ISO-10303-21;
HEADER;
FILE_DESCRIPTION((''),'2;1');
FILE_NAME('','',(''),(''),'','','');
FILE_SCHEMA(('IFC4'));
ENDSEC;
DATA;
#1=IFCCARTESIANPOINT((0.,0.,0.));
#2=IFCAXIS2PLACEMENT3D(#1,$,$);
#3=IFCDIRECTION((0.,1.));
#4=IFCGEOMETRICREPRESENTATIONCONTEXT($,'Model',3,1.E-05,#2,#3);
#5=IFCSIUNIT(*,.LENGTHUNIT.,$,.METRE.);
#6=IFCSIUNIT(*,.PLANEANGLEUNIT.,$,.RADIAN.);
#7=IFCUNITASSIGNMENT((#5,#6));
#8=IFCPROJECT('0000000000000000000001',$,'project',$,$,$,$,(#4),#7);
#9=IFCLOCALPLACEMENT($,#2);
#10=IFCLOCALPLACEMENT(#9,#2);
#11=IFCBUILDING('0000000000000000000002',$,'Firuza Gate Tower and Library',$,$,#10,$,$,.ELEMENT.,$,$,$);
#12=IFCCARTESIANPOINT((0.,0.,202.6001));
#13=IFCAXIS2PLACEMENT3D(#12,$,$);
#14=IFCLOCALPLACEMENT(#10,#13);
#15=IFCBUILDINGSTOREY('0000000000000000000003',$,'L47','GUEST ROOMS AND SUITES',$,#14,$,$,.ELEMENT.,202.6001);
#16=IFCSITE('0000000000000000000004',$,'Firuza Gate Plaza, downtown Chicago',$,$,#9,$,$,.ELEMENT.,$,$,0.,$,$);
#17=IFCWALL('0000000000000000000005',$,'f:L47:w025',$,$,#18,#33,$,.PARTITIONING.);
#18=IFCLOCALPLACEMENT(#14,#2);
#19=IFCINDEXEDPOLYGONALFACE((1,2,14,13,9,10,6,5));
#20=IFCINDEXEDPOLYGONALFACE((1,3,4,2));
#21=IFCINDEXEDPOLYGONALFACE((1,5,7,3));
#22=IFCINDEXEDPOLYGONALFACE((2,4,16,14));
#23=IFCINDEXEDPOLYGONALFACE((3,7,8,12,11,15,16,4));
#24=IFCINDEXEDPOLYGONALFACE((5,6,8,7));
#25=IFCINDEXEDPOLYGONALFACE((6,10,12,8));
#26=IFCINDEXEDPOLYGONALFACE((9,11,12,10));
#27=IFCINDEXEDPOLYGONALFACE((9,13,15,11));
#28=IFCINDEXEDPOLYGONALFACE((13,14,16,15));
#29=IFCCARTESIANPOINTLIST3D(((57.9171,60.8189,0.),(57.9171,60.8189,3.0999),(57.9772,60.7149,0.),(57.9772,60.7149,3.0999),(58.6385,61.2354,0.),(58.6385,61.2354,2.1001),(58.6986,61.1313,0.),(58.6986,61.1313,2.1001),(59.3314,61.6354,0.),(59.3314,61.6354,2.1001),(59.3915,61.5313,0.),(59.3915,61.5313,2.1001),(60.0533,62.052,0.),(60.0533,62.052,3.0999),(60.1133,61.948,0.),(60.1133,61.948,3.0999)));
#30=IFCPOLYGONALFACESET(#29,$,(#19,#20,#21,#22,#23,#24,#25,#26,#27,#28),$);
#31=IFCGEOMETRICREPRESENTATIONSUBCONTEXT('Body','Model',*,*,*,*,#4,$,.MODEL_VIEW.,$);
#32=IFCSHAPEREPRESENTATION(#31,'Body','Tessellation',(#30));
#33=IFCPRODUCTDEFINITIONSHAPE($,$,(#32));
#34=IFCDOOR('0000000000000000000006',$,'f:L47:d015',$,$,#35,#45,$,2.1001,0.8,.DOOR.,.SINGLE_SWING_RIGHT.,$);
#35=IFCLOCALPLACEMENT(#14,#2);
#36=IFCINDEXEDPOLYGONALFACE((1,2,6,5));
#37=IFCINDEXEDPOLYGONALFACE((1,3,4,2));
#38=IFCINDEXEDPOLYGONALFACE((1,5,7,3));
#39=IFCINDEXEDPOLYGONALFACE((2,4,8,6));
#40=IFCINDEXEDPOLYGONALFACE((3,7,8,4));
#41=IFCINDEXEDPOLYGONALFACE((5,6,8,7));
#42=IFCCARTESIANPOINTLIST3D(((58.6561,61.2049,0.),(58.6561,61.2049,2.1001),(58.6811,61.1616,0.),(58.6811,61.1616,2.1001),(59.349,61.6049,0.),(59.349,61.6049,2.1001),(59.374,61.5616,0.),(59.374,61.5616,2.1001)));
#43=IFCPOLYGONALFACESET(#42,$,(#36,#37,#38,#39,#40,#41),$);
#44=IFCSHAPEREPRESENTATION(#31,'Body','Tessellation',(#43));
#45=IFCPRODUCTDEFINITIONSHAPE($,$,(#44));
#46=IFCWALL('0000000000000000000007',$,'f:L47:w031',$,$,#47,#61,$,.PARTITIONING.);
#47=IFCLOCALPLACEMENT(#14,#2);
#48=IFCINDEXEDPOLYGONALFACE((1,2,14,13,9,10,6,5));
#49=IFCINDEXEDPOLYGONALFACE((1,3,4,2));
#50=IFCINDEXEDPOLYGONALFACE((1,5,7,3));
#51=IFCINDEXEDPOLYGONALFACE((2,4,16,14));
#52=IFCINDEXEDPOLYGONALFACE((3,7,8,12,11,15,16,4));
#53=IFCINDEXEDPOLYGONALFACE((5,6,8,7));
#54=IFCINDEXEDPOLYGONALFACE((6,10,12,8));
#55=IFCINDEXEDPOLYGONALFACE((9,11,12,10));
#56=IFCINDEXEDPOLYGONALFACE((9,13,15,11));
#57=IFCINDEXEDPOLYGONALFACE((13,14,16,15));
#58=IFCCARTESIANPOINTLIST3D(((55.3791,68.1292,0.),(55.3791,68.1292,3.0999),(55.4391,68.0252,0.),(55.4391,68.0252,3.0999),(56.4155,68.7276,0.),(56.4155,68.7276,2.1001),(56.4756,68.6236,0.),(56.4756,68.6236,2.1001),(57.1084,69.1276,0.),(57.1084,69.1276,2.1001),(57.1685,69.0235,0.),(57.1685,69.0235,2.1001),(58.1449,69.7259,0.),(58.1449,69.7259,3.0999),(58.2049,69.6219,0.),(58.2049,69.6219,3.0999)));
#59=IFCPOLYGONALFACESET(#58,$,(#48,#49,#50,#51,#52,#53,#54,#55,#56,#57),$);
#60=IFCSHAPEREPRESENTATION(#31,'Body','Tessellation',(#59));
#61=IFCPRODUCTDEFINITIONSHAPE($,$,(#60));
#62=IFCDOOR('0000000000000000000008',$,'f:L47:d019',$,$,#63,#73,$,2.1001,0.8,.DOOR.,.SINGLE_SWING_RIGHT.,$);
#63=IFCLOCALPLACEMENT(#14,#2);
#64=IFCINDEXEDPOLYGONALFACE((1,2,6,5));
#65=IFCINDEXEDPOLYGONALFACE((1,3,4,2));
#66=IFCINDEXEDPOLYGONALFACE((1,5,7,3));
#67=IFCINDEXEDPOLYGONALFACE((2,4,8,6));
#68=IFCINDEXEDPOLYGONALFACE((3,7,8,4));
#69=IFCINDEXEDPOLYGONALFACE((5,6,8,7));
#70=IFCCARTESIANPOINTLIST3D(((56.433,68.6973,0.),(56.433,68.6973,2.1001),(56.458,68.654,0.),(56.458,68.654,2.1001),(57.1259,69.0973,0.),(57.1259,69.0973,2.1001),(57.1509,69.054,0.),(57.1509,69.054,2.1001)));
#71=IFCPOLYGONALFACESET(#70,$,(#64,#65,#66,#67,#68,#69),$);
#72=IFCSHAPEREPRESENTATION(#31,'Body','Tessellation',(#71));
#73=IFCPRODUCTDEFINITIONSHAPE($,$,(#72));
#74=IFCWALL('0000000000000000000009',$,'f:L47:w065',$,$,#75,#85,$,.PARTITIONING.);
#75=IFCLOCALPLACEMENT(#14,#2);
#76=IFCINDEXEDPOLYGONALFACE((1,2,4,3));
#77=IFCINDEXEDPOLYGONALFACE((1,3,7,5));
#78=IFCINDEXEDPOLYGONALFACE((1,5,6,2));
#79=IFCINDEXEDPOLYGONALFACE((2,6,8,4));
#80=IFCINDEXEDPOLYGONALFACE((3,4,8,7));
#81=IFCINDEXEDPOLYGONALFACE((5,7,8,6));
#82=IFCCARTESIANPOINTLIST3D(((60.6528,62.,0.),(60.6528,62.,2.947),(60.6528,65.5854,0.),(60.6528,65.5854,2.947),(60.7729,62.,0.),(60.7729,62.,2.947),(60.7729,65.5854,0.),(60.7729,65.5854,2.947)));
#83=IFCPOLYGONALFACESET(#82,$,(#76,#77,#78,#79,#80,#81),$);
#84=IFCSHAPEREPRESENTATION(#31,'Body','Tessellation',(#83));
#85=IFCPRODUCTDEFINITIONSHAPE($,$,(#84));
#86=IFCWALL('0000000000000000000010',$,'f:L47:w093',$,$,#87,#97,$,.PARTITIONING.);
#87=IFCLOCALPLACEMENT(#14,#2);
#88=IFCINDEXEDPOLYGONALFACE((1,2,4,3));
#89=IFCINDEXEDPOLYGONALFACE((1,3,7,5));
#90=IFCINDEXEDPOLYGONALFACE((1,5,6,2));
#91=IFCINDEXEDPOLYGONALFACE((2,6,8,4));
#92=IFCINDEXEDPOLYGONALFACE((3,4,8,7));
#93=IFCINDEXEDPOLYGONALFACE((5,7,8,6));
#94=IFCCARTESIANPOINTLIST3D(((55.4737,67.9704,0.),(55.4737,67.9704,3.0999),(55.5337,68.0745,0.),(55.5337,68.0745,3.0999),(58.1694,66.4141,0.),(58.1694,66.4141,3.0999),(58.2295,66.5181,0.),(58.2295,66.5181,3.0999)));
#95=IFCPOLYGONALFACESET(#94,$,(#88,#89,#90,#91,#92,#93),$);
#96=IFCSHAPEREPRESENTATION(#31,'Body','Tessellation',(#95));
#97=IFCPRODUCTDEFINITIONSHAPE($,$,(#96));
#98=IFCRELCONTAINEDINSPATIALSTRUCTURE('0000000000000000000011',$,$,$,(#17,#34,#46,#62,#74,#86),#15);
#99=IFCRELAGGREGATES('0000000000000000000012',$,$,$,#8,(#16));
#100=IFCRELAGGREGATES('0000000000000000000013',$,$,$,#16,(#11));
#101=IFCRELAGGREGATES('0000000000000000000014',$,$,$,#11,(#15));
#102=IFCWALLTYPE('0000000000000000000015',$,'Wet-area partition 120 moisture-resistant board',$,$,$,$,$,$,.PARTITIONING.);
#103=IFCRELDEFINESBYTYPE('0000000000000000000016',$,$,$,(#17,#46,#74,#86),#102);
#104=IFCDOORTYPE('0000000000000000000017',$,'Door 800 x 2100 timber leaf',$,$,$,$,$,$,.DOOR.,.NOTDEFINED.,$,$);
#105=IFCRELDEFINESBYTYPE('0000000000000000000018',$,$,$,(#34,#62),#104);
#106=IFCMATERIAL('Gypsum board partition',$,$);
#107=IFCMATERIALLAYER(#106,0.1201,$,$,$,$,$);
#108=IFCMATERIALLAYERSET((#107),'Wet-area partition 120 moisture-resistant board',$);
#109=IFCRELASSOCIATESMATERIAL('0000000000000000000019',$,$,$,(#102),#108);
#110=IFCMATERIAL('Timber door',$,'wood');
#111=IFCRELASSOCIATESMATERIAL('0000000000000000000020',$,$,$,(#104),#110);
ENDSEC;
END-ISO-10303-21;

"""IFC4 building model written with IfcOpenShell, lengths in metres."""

from ifc_helpers import new_model, si_unit, direction, frame, frame_2d, origin, place, context, subcontext, project, spatial, rectangle, extrude, material, layer, layer_set, type_object, element, fill, save


model = new_model("IFC4")

# Units and contexts
model_context = context("Model", 3, precision=1e-05, world=origin(), true_north=direction((0.0, 1.0)))
body_context = subcontext(model_context, "Body", "Model", "MODEL_VIEW")
ifc_project = project(units=[si_unit("LENGTHUNIT", "METRE"), si_unit("PLANEANGLEUNIT", "RADIAN")], contexts=[model_context])

# Site, building, storey
site_placement = place(None, origin())
site = spatial("IfcSite", under=ifc_project, at=site_placement, Name="Firuza Gate Plaza, downtown Chicago", CompositionType="ELEMENT", RefElevation=0.0)
building_placement = place(site_placement, origin())
building = spatial("IfcBuilding", under=site, at=building_placement, Name="Firuza Gate Tower and Library", CompositionType="ELEMENT")
storey_placement = place(building_placement, frame((0.0, 0.0, 202.6001)))
storey = spatial("IfcBuildingStorey", under=building, at=storey_placement, Name="L47", Description="GUEST ROOMS AND SUITES", CompositionType="ELEMENT", Elevation=202.6001)

# Shared definitions
ifc_material_1 = material(Name="Gypsum board partition")
ifc_layer_1 = layer(ifc_material_1, 0.1201)
ifc_layer_set_1 = layer_set([ifc_layer_1], Name="Wet-area partition 120 moisture-resistant board")
wall_type_1 = type_object("IfcWallType", Name="Wet-area partition 120 moisture-resistant board", PredefinedType="PARTITIONING", material=ifc_layer_set_1)

# Walls, openings, doors
ifc_material_2 = material(Name="Timber door", Category="wood")
door_type_1 = type_object("IfcDoorType", Name="Door 800 x 2100 timber leaf", OperationType="NOTDEFINED", PredefinedType="DOOR", material=ifc_material_2)
wall_1_placement = place(storey_placement, frame((57.947, 60.7668, 0.0), z_axis=(0.0, 0.0, 1.0), x_axis=(0.86606, 0.49994, 0.0)))
wall_1 = element("IfcWall", 1, at=wall_1_placement, inside=storey, type_object=wall_type_1, Name="f:L47:w025", PredefinedType="PARTITIONING", context=body_context, shape_type="SweptSolid", body=[
    extrude(rectangle(XDim=2.4666, YDim=0.1201, at=frame_2d((1.2334, 0.0))), origin(), (0.0, 0.0, 1.0), 3.0999),
])
opening_1_placement = place(wall_1_placement, frame((0.8333, 0.0, 0.0)))
opening_1 = element("IfcOpeningElement", 2, at=opening_1_placement, cuts=wall_1, PredefinedType="OPENING", context=body_context, shape_type="SweptSolid", body=[
    extrude(rectangle(XDim=0.8, YDim=2.1001, at=frame_2d((0.3999, 1.05))), frame((0.0, 0.0701, 0.0), z_axis=(0.0, -1.0, 0.0), x_axis=(1.0, 0.0, 0.0)), (0.0, 0.0, 1.0), 0.1401),
])
door_1_placement = place(opening_1_placement, origin())
door_1 = element("IfcDoor", 3, at=door_1_placement, inside=storey, type_object=door_type_1, Name="f:L47:d015", OperationType="SINGLE_SWING_RIGHT", OverallHeight=2.1001, OverallWidth=0.8, PredefinedType="DOOR", context=body_context, shape_type="SweptSolid", body=[
    extrude(rectangle(XDim=0.8, YDim=2.1001, at=frame_2d((0.3999, 1.05))), frame((0.0, 0.0249, 0.0), z_axis=(0.0, -1.0, 0.0), x_axis=(1.0, 0.0, 0.0)), (0.0, 0.0, 1.0), 0.05),
])
fill(opening_1, door_1)
wall_2_placement = place(storey_placement, frame((58.1748, 69.6738, 0.0), z_axis=(0.0, 0.0, 1.0), x_axis=(-0.866052, -0.499954, 0.0)))
wall_2 = element("IfcWall", 4, at=wall_2_placement, inside=storey, type_object=wall_type_1, Name="f:L47:w031", PredefinedType="PARTITIONING", context=body_context, shape_type="SweptSolid", body=[
    extrude(rectangle(XDim=3.1936, YDim=0.1201, at=frame_2d((1.5967, 0.0))), origin(), (0.0, 0.0, 1.0), 3.0999),
])
opening_2_placement = place(wall_2_placement, frame((1.1968, 0.0, 0.0)))
opening_2 = element("IfcOpeningElement", 5, at=opening_2_placement, cuts=wall_2, PredefinedType="OPENING", context=body_context, shape_type="SweptSolid", body=[
    extrude(rectangle(XDim=0.8, YDim=2.1001, at=frame_2d((0.3999, 1.05))), frame((0.0, 0.0701, 0.0), z_axis=(0.0, -1.0, 0.0), x_axis=(1.0, 0.0, 0.0)), (0.0, 0.0, 1.0), 0.1401),
])
door_2_placement = place(opening_2_placement, origin())
door_2 = element("IfcDoor", 6, at=door_2_placement, inside=storey, type_object=door_type_1, Name="f:L47:d019", OperationType="SINGLE_SWING_RIGHT", OverallHeight=2.1001, OverallWidth=0.8, PredefinedType="DOOR", context=body_context, shape_type="SweptSolid", body=[
    extrude(rectangle(XDim=0.8, YDim=2.1001, at=frame_2d((0.3999, 1.05))), frame((0.0, 0.0249, 0.0), z_axis=(0.0, -1.0, 0.0), x_axis=(1.0, 0.0, 0.0)), (0.0, 0.0, 1.0), 0.05),
])
fill(opening_2, door_2)

# Walls
wall_3_placement = place(storey_placement, frame((60.7129, 62.0, 0.0), z_axis=(0.0, 0.0, 1.0), x_axis=(0.0, 1.0, 0.0)))
element("IfcWall", 7, at=wall_3_placement, inside=storey, type_object=wall_type_1, Name="f:L47:w065", PredefinedType="PARTITIONING", context=body_context, shape_type="SweptSolid", body=[
    extrude(rectangle(XDim=3.5854, YDim=0.1201, at=frame_2d((1.7927, 0.0))), origin(), (0.0, 0.0, 1.0), 2.947),
])
wall_4_placement = place(storey_placement, frame((58.1995, 66.4661, 0.0), z_axis=(0.0, 0.0, 1.0), x_axis=(-0.866029, 0.499994, 0.0)))
element("IfcWall", 8, at=wall_4_placement, inside=storey, type_object=wall_type_1, Name="f:L47:w093", PredefinedType="PARTITIONING", context=body_context, shape_type="SweptSolid", body=[
    extrude(rectangle(XDim=3.1128, YDim=0.1201, at=frame_2d((1.5564, 0.0))), origin(), (0.0, 0.0, 1.0), 3.0999),
])

save(model, "model.ifc")
